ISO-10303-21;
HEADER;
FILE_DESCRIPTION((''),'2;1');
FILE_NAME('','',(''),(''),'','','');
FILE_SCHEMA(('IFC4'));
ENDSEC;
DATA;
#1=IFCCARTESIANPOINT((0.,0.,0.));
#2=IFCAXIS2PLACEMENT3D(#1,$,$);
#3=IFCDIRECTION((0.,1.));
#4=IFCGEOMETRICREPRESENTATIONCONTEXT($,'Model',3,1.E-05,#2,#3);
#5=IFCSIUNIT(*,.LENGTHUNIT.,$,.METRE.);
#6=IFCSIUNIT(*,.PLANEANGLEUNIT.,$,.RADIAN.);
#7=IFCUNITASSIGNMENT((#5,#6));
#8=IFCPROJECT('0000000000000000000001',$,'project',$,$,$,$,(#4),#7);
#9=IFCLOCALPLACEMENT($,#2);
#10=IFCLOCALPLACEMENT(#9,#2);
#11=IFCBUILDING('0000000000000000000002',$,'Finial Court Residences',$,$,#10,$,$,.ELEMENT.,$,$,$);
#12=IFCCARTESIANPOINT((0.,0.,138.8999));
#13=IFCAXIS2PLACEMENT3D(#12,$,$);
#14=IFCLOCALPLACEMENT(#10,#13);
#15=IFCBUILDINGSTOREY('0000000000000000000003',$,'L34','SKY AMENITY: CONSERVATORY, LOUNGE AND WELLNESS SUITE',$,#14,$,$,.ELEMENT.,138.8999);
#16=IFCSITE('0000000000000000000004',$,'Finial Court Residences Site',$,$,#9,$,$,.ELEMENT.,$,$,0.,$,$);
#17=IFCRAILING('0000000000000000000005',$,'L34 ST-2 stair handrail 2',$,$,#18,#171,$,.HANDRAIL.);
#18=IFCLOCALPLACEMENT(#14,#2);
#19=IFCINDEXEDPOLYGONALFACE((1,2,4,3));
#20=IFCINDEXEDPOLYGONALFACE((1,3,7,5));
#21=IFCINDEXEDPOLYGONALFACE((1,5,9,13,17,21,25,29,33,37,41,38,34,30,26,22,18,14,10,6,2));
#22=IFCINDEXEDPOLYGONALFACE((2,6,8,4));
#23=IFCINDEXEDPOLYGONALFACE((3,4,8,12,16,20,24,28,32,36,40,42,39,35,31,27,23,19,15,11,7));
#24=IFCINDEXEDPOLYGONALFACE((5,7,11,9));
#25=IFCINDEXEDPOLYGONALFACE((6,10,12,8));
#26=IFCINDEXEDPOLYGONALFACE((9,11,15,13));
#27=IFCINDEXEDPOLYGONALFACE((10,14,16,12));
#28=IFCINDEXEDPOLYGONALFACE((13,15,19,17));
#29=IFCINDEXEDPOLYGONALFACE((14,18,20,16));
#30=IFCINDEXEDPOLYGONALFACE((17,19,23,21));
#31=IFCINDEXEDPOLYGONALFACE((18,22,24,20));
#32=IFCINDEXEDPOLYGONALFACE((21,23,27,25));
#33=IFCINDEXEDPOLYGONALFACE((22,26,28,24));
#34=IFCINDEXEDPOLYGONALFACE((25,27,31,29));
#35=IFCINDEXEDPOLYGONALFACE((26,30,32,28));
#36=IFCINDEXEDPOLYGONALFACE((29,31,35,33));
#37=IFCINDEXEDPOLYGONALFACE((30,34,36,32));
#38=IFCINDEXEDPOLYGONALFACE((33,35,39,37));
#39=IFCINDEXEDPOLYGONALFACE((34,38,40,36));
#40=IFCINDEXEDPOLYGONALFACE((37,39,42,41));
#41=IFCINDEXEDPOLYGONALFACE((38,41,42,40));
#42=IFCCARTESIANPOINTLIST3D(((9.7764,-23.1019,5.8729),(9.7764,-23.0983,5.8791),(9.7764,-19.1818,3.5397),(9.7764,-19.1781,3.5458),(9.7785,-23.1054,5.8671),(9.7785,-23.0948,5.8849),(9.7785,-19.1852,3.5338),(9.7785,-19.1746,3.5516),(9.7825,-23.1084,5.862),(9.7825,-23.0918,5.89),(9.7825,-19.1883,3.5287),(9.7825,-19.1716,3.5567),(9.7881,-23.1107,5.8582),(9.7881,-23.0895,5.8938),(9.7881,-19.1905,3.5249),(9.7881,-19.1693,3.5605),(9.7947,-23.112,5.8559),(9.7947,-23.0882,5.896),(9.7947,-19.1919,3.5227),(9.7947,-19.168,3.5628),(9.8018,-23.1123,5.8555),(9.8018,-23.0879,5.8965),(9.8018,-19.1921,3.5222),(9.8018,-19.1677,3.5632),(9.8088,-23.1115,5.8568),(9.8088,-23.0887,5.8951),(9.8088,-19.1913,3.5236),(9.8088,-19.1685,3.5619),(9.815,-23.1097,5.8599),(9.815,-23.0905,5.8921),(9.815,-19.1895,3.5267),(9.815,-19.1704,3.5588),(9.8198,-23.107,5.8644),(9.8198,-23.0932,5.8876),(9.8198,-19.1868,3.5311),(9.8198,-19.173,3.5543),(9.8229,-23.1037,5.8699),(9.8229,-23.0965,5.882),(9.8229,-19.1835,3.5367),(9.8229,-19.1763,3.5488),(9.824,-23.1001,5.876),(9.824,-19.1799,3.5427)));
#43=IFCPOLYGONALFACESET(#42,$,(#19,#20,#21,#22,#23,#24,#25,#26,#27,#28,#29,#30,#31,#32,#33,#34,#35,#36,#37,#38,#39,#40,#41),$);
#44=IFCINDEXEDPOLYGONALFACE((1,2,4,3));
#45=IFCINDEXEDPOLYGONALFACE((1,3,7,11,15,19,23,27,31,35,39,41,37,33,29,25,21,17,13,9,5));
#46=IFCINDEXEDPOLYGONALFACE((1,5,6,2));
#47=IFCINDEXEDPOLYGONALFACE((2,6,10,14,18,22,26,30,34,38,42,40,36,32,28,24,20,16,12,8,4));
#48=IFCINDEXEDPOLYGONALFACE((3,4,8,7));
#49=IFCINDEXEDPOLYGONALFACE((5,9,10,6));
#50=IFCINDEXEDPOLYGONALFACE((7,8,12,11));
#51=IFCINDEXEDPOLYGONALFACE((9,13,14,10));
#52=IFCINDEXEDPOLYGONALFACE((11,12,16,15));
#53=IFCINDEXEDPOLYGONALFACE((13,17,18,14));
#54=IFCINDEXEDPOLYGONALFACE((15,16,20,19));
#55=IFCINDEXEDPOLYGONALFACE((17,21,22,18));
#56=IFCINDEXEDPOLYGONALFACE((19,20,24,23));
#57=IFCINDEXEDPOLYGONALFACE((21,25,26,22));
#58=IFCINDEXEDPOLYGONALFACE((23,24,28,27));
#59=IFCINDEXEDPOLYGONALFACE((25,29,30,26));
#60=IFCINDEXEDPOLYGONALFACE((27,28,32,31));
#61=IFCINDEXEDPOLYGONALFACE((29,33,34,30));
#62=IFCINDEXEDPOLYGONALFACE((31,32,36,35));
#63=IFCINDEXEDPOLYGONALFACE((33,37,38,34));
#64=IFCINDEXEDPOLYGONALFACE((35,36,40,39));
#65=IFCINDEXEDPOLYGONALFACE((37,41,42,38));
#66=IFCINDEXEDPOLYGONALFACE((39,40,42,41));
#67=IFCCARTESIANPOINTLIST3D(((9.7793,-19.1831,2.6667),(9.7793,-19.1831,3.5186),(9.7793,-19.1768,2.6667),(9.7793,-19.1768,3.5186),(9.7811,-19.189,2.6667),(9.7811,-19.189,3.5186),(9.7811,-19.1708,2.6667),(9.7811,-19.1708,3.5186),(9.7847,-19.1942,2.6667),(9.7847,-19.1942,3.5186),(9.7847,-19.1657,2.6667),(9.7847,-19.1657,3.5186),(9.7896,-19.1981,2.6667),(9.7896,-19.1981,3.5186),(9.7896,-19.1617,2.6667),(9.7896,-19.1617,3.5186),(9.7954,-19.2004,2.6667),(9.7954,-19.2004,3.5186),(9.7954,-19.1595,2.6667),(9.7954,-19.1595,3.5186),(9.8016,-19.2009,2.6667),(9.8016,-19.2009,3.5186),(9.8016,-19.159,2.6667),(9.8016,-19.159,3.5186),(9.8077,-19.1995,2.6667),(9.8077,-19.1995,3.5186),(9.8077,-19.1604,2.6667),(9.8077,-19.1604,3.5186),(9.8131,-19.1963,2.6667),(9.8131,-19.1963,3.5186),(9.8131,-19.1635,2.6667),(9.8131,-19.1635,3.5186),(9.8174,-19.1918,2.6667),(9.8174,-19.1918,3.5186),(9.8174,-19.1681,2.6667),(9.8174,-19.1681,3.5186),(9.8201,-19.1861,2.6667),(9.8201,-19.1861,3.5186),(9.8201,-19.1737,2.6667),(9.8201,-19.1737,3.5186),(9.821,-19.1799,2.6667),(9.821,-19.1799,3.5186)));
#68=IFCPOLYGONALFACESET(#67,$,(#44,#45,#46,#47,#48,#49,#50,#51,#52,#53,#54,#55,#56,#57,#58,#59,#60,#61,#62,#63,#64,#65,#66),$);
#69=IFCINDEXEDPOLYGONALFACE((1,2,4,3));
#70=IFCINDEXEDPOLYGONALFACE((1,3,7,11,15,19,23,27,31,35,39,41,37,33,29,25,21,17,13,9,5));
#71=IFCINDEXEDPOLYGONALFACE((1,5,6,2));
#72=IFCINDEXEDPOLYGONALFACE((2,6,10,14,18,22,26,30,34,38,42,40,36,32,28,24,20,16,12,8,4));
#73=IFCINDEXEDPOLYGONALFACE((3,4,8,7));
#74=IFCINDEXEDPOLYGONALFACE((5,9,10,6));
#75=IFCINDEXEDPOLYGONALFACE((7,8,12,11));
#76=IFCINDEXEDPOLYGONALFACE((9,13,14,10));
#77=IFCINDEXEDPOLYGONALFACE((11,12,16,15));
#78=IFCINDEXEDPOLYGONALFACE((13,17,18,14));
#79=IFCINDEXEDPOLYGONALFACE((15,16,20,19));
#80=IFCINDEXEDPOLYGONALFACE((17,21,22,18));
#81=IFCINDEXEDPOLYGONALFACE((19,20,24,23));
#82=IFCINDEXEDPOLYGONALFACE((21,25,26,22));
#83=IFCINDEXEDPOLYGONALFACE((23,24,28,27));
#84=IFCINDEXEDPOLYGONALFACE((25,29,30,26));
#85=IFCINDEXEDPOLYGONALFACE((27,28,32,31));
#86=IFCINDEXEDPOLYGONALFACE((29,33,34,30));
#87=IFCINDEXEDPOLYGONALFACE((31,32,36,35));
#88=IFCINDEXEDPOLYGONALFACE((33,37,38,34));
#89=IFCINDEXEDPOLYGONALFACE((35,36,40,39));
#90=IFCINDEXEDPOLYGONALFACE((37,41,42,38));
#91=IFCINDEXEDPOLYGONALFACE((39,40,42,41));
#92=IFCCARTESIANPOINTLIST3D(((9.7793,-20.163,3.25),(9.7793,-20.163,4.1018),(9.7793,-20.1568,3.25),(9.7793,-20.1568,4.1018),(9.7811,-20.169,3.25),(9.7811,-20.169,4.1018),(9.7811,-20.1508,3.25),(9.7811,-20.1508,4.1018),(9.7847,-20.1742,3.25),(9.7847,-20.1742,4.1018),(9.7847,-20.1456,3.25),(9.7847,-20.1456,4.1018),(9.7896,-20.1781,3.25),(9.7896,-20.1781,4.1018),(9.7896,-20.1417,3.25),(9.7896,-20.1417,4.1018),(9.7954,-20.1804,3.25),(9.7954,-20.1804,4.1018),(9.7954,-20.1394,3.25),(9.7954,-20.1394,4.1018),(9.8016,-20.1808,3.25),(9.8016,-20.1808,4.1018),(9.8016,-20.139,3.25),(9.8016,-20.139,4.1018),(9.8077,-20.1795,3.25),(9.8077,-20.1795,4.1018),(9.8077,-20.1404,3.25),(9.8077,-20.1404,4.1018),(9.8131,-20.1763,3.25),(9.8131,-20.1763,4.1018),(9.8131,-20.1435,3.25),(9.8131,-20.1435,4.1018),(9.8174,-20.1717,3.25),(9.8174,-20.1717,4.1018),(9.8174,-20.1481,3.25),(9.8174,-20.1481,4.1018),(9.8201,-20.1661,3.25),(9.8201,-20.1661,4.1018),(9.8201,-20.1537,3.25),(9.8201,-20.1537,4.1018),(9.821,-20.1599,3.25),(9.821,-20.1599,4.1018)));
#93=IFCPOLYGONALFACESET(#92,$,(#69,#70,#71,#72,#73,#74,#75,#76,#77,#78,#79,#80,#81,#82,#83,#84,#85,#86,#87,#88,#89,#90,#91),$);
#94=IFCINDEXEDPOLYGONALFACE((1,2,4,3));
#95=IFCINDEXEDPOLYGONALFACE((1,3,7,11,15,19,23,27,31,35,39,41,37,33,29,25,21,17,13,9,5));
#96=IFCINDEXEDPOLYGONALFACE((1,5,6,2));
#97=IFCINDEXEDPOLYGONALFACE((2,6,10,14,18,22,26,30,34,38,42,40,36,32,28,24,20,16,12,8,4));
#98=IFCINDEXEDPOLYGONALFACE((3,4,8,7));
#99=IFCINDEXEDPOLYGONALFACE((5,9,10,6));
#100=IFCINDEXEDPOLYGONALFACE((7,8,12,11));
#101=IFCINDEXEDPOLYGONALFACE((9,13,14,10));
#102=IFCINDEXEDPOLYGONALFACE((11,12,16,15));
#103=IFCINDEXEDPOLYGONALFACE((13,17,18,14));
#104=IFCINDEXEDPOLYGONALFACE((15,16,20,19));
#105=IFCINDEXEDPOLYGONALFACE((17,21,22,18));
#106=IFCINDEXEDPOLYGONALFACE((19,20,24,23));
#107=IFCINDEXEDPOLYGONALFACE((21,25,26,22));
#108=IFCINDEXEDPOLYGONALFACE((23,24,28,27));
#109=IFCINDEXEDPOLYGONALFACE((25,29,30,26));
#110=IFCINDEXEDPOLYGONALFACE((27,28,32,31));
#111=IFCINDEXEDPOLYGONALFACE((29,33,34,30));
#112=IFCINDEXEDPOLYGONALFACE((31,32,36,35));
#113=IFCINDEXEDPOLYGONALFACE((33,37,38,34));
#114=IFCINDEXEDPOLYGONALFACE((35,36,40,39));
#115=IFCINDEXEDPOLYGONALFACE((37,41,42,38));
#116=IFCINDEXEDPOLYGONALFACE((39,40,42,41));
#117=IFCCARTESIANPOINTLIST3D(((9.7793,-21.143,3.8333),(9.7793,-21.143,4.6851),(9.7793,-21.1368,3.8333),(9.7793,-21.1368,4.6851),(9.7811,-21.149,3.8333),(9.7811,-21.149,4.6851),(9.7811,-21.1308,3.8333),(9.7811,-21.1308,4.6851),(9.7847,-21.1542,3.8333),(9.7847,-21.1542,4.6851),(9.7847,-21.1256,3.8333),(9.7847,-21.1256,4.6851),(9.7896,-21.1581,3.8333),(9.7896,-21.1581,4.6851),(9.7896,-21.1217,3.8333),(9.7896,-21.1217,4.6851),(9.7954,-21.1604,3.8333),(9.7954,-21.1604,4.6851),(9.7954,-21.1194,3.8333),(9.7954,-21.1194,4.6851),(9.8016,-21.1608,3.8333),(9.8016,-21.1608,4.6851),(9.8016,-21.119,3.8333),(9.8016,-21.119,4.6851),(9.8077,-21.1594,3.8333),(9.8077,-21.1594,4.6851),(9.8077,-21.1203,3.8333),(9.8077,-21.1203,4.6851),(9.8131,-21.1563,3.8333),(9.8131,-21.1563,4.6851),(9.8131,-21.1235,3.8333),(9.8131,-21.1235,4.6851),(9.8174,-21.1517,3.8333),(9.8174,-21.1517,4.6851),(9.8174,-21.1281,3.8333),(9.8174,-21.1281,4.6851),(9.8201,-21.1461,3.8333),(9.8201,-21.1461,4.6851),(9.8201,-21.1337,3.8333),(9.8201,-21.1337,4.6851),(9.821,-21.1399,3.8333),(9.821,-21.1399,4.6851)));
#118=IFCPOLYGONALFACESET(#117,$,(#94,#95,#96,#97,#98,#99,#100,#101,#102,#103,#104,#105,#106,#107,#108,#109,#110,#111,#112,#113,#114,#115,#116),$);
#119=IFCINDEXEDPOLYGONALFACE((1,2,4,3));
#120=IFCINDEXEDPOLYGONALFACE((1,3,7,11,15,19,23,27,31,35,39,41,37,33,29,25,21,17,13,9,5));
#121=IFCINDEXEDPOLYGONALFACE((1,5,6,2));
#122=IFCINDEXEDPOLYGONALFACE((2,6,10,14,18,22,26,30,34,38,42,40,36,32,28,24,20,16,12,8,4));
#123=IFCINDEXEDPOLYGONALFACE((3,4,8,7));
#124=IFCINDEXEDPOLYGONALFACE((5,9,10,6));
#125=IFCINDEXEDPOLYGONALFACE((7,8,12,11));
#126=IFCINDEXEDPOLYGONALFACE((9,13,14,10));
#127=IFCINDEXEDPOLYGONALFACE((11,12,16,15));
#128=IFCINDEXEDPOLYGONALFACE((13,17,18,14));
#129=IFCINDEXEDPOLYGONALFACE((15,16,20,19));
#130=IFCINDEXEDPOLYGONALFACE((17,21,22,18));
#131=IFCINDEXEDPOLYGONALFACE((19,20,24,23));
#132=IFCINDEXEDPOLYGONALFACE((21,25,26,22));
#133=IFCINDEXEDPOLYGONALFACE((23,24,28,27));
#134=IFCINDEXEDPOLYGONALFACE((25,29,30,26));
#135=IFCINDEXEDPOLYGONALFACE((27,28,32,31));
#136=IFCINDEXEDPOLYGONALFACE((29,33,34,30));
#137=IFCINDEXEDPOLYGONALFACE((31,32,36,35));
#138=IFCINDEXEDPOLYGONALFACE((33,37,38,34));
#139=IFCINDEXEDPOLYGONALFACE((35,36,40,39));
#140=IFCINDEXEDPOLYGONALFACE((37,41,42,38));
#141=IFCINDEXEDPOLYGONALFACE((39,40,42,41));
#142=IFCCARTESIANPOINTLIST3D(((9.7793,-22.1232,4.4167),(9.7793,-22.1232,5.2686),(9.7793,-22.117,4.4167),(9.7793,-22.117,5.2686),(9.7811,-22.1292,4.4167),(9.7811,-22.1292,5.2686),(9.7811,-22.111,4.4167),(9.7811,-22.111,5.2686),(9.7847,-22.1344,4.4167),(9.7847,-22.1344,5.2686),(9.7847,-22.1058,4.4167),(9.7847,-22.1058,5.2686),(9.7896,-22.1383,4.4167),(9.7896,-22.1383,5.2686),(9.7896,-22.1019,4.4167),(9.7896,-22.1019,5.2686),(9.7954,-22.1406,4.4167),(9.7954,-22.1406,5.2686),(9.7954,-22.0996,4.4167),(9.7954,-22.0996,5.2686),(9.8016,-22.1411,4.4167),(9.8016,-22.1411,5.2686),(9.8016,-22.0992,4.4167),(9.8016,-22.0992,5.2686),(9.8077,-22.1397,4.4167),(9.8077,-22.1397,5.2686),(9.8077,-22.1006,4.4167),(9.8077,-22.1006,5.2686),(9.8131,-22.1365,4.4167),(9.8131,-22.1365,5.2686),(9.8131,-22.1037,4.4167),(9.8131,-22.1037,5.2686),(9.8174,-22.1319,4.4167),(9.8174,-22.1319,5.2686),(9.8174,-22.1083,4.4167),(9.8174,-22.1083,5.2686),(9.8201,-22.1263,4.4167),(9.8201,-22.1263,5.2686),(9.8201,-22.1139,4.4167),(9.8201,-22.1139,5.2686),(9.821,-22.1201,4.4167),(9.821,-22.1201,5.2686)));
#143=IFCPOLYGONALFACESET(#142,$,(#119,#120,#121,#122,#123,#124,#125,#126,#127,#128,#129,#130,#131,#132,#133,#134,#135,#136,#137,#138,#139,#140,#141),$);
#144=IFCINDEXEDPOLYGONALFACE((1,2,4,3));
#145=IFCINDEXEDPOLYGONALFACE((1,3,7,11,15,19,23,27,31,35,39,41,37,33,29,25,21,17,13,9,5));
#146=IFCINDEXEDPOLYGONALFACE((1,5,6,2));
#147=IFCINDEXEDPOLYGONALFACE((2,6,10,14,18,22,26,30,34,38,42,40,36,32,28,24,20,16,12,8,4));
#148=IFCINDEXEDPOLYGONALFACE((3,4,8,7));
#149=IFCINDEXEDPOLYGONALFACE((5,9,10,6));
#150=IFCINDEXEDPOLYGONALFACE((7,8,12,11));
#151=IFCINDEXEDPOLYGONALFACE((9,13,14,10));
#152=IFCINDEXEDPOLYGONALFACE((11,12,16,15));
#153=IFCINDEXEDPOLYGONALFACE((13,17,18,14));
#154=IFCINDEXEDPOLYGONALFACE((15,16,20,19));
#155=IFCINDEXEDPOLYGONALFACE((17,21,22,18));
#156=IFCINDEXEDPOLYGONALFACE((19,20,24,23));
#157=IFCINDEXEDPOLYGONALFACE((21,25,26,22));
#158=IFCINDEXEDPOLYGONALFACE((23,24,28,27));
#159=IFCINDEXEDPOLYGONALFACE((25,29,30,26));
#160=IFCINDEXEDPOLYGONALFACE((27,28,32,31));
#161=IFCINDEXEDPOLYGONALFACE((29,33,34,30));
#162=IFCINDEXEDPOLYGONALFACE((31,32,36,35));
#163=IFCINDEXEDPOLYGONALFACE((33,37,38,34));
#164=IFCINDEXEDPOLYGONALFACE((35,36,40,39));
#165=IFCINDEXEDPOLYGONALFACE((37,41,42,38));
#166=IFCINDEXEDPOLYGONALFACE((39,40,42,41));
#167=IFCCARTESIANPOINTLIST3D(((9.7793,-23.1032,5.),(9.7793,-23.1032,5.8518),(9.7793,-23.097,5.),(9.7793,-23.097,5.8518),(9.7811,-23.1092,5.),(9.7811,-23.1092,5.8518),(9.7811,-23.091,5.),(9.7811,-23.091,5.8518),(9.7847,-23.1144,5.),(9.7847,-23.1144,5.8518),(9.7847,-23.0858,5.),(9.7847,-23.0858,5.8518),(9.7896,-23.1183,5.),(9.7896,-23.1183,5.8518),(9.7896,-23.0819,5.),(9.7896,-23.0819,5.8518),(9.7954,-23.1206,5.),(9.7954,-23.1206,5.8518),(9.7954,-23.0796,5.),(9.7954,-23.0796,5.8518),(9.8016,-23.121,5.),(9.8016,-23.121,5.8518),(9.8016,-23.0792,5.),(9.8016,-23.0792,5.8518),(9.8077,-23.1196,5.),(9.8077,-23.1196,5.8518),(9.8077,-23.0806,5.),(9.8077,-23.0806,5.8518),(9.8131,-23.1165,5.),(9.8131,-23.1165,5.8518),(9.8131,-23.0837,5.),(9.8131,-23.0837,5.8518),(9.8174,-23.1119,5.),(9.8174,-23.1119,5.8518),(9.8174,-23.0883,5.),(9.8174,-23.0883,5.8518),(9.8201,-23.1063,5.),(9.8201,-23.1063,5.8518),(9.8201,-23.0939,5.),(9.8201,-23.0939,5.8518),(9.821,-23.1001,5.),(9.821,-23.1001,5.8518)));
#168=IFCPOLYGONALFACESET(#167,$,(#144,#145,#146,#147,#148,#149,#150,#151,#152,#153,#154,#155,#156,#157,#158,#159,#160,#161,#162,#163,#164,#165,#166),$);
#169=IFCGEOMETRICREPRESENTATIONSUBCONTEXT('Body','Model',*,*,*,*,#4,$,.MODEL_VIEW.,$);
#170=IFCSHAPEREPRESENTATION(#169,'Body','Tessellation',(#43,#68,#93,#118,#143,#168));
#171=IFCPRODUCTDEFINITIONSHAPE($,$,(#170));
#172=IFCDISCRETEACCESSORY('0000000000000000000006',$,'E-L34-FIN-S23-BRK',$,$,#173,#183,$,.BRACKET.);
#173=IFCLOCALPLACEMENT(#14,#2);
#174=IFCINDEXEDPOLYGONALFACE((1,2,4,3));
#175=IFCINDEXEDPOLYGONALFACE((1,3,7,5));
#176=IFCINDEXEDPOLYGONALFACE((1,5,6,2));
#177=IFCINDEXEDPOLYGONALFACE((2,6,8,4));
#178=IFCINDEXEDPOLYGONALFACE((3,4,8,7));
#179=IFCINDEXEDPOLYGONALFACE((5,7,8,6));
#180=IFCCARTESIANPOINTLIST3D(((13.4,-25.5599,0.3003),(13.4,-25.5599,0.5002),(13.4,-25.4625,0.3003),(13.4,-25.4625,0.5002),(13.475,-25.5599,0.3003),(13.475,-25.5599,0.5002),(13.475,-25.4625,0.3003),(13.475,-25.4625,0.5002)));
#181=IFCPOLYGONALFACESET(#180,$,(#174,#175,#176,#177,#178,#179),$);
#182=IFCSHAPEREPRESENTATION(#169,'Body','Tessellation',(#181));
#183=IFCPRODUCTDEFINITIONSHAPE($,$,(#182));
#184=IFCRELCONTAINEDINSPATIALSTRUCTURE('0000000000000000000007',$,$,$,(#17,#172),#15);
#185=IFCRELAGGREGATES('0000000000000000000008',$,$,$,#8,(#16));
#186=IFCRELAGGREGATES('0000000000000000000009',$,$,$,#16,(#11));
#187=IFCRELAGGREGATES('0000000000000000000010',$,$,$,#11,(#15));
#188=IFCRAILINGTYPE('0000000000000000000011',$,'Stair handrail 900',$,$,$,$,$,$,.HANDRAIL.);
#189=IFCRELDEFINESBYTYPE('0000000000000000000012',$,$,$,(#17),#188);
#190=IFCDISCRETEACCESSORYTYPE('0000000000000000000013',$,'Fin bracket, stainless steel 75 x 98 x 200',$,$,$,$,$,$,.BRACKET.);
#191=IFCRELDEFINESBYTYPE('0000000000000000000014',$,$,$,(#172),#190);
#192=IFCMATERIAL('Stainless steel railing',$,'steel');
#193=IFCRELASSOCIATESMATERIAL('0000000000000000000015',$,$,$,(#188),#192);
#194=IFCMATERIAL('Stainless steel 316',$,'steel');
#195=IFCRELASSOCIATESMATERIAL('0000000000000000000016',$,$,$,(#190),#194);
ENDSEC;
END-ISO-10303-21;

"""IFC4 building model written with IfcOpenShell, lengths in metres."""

from ifc_helpers import new_model, si_unit, direction, frame, origin, origin_2d, place, context, subcontext, project, spatial, rectangle, circle, extrude, material, type_object, element, save


model = new_model("IFC4")

# Units and contexts
model_context = context("Model", 3, precision=1e-05, world=origin(), true_north=direction((0.0, 1.0)))
body_context = subcontext(model_context, "Body", "Model", "MODEL_VIEW")
ifc_project = project(units=[si_unit("LENGTHUNIT", "METRE"), si_unit("PLANEANGLEUNIT", "RADIAN")], contexts=[model_context])

# Site, building, storey
site_placement = place(None, origin())
site = spatial("IfcSite", under=ifc_project, at=site_placement, Name="Finial Court Residences Site", CompositionType="ELEMENT", RefElevation=0.0)
building_placement = place(site_placement, origin())
building = spatial("IfcBuilding", under=site, at=building_placement, Name="Finial Court Residences", CompositionType="ELEMENT")
storey_placement = place(building_placement, frame((0.0, 0.0, 138.8999)))
storey = spatial("IfcBuildingStorey", under=building, at=storey_placement, Name="L34", Description="SKY AMENITY: CONSERVATORY, LOUNGE AND WELLNESS SUITE", CompositionType="ELEMENT", Elevation=138.8999)

# Railing
ifc_material_1 = material(Name="Stainless steel railing", Category="steel")
railing_type_1 = type_object("IfcRailingType", Name="Stair handrail 900", PredefinedType="HANDRAIL", material=ifc_material_1)
railing_1_placement = place(storey_placement, frame((9.8, -19.1799, 2.6667)))
element("IfcRailing", 1, at=railing_1_placement, inside=storey, type_object=railing_type_1, Name="L34 ST-2 stair handrail 2", PredefinedType="HANDRAIL", context=body_context, shape_type="SweptSolid", body=[
    extrude(circle(Radius=0.0239, at=origin_2d()), frame((0.0, 0.0, 0.876), z_axis=(0.0, -0.85931, 0.511455), x_axis=(1.0, 0.0, 0.0)), (0.0, 0.0, 1.0), 4.562),
    extrude(circle(Radius=0.021, at=origin_2d()), origin(), (0.0, 0.0, 1.0), 0.8518),
    extrude(circle(Radius=0.021, at=origin_2d()), frame((0.0, -0.98, 0.5833)), (0.0, 0.0, 1.0), 0.8518),
    extrude(circle(Radius=0.021, at=origin_2d()), frame((0.0, -1.96, 1.1665)), (0.0, 0.0, 1.0), 0.8518),
    extrude(circle(Radius=0.021, at=origin_2d()), frame((0.0, -2.9402, 1.75)), (0.0, 0.0, 1.0), 0.8518),
    extrude(circle(Radius=0.021, at=origin_2d()), frame((0.0, -3.9202, 2.3333)), (0.0, 0.0, 1.0), 0.8518),
])

# Discrete accessory
ifc_material_2 = material(Name="Stainless steel 316", Category="steel")
discrete_accessory_type = type_object("IfcDiscreteAccessoryType", Name="Fin bracket, stainless steel 75 x 98 x 200", PredefinedType="BRACKET", material=ifc_material_2)
discrete_accessory_placement = place(storey_placement, frame((13.4375, -25.5112, 0.3003), z_axis=(0.0, 0.0, 1.0), x_axis=(1.0, 0.0, 0.0)))
element("IfcDiscreteAccessory", 2, at=discrete_accessory_placement, inside=storey, type_object=discrete_accessory_type, Name="E-L34-FIN-S23-BRK", PredefinedType="BRACKET", context=body_context, shape_type="SweptSolid", body=[
    extrude(rectangle(XDim=0.075, YDim=0.0974, at=origin_2d()), origin(), (0.0, 0.0, 1.0), 0.2),
])

save(model, "model.ifc")
